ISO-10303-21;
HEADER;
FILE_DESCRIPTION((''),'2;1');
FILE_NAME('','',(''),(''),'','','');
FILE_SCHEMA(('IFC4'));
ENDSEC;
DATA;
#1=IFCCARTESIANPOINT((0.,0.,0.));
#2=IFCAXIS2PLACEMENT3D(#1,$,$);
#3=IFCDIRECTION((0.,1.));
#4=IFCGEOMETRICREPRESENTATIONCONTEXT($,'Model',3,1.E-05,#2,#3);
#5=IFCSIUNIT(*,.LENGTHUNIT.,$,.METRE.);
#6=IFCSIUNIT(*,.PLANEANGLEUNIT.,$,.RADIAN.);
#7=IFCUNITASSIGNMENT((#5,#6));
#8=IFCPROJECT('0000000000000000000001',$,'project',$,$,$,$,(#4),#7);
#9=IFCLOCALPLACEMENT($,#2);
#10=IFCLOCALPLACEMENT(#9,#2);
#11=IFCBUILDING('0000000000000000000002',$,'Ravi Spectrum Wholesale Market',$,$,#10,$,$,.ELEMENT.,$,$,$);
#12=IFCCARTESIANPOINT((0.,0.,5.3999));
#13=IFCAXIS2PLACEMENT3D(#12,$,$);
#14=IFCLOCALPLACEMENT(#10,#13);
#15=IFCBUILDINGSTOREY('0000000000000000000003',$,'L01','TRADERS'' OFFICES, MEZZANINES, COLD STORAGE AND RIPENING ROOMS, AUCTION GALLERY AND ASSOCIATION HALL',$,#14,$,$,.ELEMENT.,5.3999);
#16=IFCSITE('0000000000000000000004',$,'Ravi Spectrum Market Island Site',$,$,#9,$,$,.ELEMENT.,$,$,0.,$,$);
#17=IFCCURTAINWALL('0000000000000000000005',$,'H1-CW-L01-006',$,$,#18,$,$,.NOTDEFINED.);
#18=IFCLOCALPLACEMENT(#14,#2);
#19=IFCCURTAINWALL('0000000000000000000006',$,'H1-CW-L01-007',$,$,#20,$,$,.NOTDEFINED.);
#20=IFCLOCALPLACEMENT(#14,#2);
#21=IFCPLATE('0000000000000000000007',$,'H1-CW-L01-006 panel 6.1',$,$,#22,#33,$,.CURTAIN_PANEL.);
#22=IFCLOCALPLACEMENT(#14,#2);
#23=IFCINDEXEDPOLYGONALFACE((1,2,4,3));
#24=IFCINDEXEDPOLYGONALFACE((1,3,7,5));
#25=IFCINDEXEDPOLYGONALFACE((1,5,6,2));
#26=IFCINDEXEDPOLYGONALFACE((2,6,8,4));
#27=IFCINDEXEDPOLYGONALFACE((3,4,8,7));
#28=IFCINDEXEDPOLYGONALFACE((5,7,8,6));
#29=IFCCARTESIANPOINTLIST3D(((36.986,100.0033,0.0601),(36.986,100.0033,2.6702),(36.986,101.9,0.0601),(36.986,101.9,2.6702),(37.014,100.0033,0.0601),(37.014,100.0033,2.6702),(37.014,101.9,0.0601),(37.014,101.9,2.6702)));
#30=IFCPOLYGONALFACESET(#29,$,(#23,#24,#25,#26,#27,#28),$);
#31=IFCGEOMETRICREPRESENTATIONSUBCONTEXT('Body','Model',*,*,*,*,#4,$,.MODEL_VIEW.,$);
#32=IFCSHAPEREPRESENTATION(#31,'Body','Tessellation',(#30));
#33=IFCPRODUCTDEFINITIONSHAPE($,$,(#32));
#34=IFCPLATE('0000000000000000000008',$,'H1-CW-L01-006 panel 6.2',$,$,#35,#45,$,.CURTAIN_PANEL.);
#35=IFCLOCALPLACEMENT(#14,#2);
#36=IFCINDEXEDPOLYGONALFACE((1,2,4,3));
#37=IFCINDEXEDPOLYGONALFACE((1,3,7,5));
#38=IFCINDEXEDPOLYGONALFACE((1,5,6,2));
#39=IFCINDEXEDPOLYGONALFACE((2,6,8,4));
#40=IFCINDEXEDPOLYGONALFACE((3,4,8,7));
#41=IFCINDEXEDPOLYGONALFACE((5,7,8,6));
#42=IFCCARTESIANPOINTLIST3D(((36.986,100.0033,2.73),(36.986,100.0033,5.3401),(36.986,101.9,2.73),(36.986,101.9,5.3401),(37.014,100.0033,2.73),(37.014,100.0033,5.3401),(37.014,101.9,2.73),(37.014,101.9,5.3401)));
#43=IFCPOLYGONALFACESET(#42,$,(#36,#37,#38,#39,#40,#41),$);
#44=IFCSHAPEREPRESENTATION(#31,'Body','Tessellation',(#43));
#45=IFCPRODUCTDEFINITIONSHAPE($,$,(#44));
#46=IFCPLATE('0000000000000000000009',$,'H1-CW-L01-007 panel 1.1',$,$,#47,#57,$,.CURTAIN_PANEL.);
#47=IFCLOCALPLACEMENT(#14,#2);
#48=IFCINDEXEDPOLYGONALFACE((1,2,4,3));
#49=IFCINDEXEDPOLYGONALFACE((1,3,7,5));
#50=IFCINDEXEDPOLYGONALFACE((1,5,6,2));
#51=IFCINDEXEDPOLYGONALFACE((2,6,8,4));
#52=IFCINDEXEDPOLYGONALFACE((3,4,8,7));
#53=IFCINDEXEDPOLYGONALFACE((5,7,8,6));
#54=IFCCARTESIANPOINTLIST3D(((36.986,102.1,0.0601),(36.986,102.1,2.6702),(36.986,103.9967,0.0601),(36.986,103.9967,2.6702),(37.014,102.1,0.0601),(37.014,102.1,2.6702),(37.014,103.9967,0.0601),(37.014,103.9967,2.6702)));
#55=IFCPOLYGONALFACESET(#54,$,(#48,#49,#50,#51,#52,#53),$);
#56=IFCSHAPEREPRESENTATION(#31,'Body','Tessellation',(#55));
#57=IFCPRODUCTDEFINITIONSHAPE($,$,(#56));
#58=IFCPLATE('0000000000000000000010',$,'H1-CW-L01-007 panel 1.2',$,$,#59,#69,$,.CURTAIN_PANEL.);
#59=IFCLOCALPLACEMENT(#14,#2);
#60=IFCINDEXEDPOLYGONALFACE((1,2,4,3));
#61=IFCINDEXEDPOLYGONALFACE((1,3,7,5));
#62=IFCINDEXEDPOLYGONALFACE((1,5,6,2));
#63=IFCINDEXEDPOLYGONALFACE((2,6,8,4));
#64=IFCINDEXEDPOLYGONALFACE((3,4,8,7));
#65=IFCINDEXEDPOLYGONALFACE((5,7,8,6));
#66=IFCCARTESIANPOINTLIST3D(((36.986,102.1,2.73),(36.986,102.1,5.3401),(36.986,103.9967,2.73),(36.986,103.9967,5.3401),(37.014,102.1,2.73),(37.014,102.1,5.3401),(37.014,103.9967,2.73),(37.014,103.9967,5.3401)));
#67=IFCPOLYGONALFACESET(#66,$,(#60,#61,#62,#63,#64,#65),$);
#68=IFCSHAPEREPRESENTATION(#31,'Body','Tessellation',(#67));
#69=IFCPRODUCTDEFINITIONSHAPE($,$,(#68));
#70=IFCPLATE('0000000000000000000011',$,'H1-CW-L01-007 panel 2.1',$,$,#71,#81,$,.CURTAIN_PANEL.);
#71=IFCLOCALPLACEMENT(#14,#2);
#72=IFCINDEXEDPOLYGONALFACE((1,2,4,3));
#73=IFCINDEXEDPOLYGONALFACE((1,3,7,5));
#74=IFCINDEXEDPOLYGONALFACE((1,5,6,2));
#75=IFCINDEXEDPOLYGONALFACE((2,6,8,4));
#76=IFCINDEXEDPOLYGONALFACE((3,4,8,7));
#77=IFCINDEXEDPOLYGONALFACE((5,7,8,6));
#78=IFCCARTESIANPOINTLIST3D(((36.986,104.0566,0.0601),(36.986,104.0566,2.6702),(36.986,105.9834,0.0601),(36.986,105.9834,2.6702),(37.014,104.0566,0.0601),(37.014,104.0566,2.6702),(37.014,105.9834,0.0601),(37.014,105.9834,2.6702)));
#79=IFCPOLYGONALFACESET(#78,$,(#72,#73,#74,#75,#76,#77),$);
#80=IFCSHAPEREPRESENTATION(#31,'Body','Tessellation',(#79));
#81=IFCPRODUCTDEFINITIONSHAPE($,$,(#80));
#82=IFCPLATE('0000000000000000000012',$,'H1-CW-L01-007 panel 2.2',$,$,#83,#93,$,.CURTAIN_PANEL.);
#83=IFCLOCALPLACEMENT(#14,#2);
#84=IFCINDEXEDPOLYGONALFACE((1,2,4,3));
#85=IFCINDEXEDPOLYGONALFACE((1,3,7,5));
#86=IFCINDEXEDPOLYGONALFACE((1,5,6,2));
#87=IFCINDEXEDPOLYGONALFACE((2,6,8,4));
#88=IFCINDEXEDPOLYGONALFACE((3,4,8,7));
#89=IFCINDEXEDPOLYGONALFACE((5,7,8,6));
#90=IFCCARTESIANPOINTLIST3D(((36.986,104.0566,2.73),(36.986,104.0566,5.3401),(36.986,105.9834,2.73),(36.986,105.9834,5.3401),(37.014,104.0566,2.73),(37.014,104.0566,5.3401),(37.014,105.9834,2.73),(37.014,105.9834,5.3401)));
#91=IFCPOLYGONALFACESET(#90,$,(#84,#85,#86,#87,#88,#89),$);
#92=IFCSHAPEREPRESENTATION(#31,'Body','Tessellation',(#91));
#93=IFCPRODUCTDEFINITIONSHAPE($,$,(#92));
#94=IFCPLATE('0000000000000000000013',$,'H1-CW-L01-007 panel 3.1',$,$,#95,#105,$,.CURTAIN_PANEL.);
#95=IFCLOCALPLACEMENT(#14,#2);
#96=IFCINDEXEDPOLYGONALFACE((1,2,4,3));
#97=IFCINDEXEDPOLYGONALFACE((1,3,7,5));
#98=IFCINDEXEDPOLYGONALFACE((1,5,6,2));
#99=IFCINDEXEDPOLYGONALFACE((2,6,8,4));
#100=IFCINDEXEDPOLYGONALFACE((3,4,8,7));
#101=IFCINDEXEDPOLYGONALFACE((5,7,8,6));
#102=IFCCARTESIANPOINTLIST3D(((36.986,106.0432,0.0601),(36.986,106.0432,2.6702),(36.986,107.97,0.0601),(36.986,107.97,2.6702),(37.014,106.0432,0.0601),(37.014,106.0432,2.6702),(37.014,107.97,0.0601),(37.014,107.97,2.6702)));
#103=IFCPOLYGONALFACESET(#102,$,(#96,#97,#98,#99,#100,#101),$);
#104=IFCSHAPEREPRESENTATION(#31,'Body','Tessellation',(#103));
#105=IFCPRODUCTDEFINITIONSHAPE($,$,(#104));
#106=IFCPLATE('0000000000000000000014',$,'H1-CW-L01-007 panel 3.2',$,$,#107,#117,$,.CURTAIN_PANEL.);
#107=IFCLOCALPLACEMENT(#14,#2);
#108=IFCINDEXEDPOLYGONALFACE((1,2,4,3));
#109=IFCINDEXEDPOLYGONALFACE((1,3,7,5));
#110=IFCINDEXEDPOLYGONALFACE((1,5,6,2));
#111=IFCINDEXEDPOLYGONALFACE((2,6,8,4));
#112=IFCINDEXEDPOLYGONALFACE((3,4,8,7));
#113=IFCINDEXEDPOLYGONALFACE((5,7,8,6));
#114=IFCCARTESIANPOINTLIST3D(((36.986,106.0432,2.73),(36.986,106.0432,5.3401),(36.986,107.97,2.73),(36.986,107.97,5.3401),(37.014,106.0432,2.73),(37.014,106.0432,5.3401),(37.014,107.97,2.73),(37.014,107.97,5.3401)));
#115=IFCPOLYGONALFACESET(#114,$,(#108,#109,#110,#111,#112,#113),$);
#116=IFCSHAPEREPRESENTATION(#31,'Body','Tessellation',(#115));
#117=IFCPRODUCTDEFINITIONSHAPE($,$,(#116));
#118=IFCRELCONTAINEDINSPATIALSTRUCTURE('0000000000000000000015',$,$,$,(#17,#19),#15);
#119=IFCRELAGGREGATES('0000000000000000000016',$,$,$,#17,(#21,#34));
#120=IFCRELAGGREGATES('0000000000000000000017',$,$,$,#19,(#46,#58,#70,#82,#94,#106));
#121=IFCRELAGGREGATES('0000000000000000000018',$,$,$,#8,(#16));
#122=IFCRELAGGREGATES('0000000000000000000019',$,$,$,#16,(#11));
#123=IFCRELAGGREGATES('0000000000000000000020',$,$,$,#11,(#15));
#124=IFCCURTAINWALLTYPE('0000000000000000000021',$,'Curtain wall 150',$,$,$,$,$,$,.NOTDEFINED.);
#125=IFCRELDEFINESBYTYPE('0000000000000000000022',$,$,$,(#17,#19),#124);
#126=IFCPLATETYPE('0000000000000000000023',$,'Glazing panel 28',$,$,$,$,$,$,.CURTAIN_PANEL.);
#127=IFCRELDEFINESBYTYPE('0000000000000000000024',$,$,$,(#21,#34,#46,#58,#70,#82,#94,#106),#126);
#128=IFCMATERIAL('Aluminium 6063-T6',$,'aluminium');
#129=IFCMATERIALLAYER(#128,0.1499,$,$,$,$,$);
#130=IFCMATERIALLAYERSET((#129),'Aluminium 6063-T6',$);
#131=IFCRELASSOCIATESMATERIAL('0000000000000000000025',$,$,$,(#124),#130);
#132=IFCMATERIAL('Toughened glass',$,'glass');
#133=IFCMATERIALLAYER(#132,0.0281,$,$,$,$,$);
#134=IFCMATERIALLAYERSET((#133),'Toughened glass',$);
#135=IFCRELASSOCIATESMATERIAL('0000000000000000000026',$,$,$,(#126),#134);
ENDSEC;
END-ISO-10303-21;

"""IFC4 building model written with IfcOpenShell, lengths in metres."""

from ifc_helpers import new_model, si_unit, direction, frame, origin, origin_2d, place, context, subcontext, project, spatial, rectangle, extrude, material, layer, layer_set, type_object, element, aggregate, save


model = new_model("IFC4")

# Units and contexts
model_context = context("Model", 3, precision=1e-05, world=origin(), true_north=direction((0.0, 1.0)))
body_context = subcontext(model_context, "Body", "Model", "MODEL_VIEW")
ifc_project = project(units=[si_unit("LENGTHUNIT", "METRE"), si_unit("PLANEANGLEUNIT", "RADIAN")], contexts=[model_context])

# Site, building, storey
site_placement = place(None, origin())
site = spatial("IfcSite", under=ifc_project, at=site_placement, Name="Ravi Spectrum Market Island Site", CompositionType="ELEMENT", RefElevation=0.0)
building_placement = place(site_placement, origin())
building = spatial("IfcBuilding", under=site, at=building_placement, Name="Ravi Spectrum Wholesale Market", CompositionType="ELEMENT")
storey_placement = place(building_placement, frame((0.0, 0.0, 5.3999)))
storey = spatial("IfcBuildingStorey", under=building, at=storey_placement, Name="L01", Description="TRADERS' OFFICES, MEZZANINES, COLD STORAGE AND RIPENING ROOMS, AUCTION GALLERY AND ASSOCIATION HALL", CompositionType="ELEMENT", Elevation=5.3999)

# Curtain wall
ifc_material_1 = material(Name="Aluminium 6063-T6", Category="aluminium")
ifc_layer_1 = layer(ifc_material_1, 0.1499)
ifc_layer_set_1 = layer_set([ifc_layer_1], Name="Aluminium 6063-T6")
curtain_wall_type = type_object("IfcCurtainWallType", Name="Curtain wall 150", PredefinedType="NOTDEFINED", material=ifc_layer_set_1)
curtain_wall_1_placement = place(storey_placement, origin())
curtain_wall_1 = element("IfcCurtainWall", 1, at=curtain_wall_1_placement, inside=storey, type_object=curtain_wall_type, Name="H1-CW-L01-006", PredefinedType="NOTDEFINED")

# Curtain wall
curtain_wall_2_placement = place(storey_placement, origin())
curtain_wall_2 = element("IfcCurtainWall", 2, at=curtain_wall_2_placement, inside=storey, type_object=curtain_wall_type, Name="H1-CW-L01-007", PredefinedType="NOTDEFINED")

# Plates
ifc_material_2 = material(Name="Toughened glass", Category="glass")
ifc_layer_2 = layer(ifc_material_2, 0.0281)
ifc_layer_set_2 = layer_set([ifc_layer_2], Name="Toughened glass")
plate_type = type_object("IfcPlateType", Name="Glazing panel 28", PredefinedType="CURTAIN_PANEL", material=ifc_layer_set_2)
plate_1_placement = place(storey_placement, frame((37.0, 100.9517, 0.0601), z_axis=(0.0, 0.0, 1.0), x_axis=(0.0, 1.0, 0.0)))
plate_1 = element("IfcPlate", 3, at=plate_1_placement, type_object=plate_type, Name="H1-CW-L01-006 panel 6.1", PredefinedType="CURTAIN_PANEL", context=body_context, shape_type="SweptSolid", body=[
    extrude(rectangle(XDim=1.8967, YDim=0.0281, at=origin_2d()), origin(), (0.0, 0.0, 1.0), 2.6101),
])
plate_2_placement = place(storey_placement, frame((37.0, 100.9517, 2.73), z_axis=(0.0, 0.0, 1.0), x_axis=(0.0, 1.0, 0.0)))
plate_2 = element("IfcPlate", 4, at=plate_2_placement, type_object=plate_type, Name="H1-CW-L01-006 panel 6.2", PredefinedType="CURTAIN_PANEL", context=body_context, shape_type="SweptSolid", body=[
    extrude(rectangle(XDim=1.8967, YDim=0.0281, at=origin_2d()), origin(), (0.0, 0.0, 1.0), 2.6101),
])
aggregate(curtain_wall_1, [plate_1, plate_2])
plate_3_placement = place(storey_placement, frame((37.0, 103.0483, 0.0601), z_axis=(0.0, 0.0, 1.0), x_axis=(0.0, 1.0, 0.0)))
plate_3 = element("IfcPlate", 5, at=plate_3_placement, type_object=plate_type, Name="H1-CW-L01-007 panel 1.1", PredefinedType="CURTAIN_PANEL", context=body_context, shape_type="SweptSolid", body=[
    extrude(rectangle(XDim=1.8967, YDim=0.0281, at=origin_2d()), origin(), (0.0, 0.0, 1.0), 2.6101),
])
plate_4_placement = place(storey_placement, frame((37.0, 103.0483, 2.73), z_axis=(0.0, 0.0, 1.0), x_axis=(0.0, 1.0, 0.0)))
plate_4 = element("IfcPlate", 6, at=plate_4_placement, type_object=plate_type, Name="H1-CW-L01-007 panel 1.2", PredefinedType="CURTAIN_PANEL", context=body_context, shape_type="SweptSolid", body=[
    extrude(rectangle(XDim=1.8967, YDim=0.0281, at=origin_2d()), origin(), (0.0, 0.0, 1.0), 2.6101),
])
plate_5_placement = place(storey_placement, frame((37.0, 105.02, 0.0601), z_axis=(0.0, 0.0, 1.0), x_axis=(0.0, 1.0, 0.0)))
plate_5 = element("IfcPlate", 7, at=plate_5_placement, type_object=plate_type, Name="H1-CW-L01-007 panel 2.1", PredefinedType="CURTAIN_PANEL", context=body_context, shape_type="SweptSolid", body=[
    extrude(rectangle(XDim=1.9268, YDim=0.0281, at=origin_2d()), origin(), (0.0, 0.0, 1.0), 2.6101),
])
plate_6_placement = place(storey_placement, frame((37.0, 105.02, 2.73), z_axis=(0.0, 0.0, 1.0), x_axis=(0.0, 1.0, 0.0)))
plate_6 = element("IfcPlate", 8, at=plate_6_placement, type_object=plate_type, Name="H1-CW-L01-007 panel 2.2", PredefinedType="CURTAIN_PANEL", context=body_context, shape_type="SweptSolid", body=[
    extrude(rectangle(XDim=1.9268, YDim=0.0281, at=origin_2d()), origin(), (0.0, 0.0, 1.0), 2.6101),
])
plate_7_placement = place(storey_placement, frame((37.0, 107.0066, 0.0601), z_axis=(0.0, 0.0, 1.0), x_axis=(0.0, 1.0, 0.0)))
plate_7 = element("IfcPlate", 9, at=plate_7_placement, type_object=plate_type, Name="H1-CW-L01-007 panel 3.1", PredefinedType="CURTAIN_PANEL", context=body_context, shape_type="SweptSolid", body=[
    extrude(rectangle(XDim=1.9268, YDim=0.0281, at=origin_2d()), origin(), (0.0, 0.0, 1.0), 2.6101),
])
plate_8_placement = place(storey_placement, frame((37.0, 107.0066, 2.73), z_axis=(0.0, 0.0, 1.0), x_axis=(0.0, 1.0, 0.0)))
plate_8 = element("IfcPlate", 10, at=plate_8_placement, type_object=plate_type, Name="H1-CW-L01-007 panel 3.2", PredefinedType="CURTAIN_PANEL", context=body_context, shape_type="SweptSolid", body=[
    extrude(rectangle(XDim=1.9268, YDim=0.0281, at=origin_2d()), origin(), (0.0, 0.0, 1.0), 2.6101),
])
aggregate(curtain_wall_2, [plate_3, plate_4, plate_5, plate_6, plate_7, plate_8])

save(model, "model.ifc")
